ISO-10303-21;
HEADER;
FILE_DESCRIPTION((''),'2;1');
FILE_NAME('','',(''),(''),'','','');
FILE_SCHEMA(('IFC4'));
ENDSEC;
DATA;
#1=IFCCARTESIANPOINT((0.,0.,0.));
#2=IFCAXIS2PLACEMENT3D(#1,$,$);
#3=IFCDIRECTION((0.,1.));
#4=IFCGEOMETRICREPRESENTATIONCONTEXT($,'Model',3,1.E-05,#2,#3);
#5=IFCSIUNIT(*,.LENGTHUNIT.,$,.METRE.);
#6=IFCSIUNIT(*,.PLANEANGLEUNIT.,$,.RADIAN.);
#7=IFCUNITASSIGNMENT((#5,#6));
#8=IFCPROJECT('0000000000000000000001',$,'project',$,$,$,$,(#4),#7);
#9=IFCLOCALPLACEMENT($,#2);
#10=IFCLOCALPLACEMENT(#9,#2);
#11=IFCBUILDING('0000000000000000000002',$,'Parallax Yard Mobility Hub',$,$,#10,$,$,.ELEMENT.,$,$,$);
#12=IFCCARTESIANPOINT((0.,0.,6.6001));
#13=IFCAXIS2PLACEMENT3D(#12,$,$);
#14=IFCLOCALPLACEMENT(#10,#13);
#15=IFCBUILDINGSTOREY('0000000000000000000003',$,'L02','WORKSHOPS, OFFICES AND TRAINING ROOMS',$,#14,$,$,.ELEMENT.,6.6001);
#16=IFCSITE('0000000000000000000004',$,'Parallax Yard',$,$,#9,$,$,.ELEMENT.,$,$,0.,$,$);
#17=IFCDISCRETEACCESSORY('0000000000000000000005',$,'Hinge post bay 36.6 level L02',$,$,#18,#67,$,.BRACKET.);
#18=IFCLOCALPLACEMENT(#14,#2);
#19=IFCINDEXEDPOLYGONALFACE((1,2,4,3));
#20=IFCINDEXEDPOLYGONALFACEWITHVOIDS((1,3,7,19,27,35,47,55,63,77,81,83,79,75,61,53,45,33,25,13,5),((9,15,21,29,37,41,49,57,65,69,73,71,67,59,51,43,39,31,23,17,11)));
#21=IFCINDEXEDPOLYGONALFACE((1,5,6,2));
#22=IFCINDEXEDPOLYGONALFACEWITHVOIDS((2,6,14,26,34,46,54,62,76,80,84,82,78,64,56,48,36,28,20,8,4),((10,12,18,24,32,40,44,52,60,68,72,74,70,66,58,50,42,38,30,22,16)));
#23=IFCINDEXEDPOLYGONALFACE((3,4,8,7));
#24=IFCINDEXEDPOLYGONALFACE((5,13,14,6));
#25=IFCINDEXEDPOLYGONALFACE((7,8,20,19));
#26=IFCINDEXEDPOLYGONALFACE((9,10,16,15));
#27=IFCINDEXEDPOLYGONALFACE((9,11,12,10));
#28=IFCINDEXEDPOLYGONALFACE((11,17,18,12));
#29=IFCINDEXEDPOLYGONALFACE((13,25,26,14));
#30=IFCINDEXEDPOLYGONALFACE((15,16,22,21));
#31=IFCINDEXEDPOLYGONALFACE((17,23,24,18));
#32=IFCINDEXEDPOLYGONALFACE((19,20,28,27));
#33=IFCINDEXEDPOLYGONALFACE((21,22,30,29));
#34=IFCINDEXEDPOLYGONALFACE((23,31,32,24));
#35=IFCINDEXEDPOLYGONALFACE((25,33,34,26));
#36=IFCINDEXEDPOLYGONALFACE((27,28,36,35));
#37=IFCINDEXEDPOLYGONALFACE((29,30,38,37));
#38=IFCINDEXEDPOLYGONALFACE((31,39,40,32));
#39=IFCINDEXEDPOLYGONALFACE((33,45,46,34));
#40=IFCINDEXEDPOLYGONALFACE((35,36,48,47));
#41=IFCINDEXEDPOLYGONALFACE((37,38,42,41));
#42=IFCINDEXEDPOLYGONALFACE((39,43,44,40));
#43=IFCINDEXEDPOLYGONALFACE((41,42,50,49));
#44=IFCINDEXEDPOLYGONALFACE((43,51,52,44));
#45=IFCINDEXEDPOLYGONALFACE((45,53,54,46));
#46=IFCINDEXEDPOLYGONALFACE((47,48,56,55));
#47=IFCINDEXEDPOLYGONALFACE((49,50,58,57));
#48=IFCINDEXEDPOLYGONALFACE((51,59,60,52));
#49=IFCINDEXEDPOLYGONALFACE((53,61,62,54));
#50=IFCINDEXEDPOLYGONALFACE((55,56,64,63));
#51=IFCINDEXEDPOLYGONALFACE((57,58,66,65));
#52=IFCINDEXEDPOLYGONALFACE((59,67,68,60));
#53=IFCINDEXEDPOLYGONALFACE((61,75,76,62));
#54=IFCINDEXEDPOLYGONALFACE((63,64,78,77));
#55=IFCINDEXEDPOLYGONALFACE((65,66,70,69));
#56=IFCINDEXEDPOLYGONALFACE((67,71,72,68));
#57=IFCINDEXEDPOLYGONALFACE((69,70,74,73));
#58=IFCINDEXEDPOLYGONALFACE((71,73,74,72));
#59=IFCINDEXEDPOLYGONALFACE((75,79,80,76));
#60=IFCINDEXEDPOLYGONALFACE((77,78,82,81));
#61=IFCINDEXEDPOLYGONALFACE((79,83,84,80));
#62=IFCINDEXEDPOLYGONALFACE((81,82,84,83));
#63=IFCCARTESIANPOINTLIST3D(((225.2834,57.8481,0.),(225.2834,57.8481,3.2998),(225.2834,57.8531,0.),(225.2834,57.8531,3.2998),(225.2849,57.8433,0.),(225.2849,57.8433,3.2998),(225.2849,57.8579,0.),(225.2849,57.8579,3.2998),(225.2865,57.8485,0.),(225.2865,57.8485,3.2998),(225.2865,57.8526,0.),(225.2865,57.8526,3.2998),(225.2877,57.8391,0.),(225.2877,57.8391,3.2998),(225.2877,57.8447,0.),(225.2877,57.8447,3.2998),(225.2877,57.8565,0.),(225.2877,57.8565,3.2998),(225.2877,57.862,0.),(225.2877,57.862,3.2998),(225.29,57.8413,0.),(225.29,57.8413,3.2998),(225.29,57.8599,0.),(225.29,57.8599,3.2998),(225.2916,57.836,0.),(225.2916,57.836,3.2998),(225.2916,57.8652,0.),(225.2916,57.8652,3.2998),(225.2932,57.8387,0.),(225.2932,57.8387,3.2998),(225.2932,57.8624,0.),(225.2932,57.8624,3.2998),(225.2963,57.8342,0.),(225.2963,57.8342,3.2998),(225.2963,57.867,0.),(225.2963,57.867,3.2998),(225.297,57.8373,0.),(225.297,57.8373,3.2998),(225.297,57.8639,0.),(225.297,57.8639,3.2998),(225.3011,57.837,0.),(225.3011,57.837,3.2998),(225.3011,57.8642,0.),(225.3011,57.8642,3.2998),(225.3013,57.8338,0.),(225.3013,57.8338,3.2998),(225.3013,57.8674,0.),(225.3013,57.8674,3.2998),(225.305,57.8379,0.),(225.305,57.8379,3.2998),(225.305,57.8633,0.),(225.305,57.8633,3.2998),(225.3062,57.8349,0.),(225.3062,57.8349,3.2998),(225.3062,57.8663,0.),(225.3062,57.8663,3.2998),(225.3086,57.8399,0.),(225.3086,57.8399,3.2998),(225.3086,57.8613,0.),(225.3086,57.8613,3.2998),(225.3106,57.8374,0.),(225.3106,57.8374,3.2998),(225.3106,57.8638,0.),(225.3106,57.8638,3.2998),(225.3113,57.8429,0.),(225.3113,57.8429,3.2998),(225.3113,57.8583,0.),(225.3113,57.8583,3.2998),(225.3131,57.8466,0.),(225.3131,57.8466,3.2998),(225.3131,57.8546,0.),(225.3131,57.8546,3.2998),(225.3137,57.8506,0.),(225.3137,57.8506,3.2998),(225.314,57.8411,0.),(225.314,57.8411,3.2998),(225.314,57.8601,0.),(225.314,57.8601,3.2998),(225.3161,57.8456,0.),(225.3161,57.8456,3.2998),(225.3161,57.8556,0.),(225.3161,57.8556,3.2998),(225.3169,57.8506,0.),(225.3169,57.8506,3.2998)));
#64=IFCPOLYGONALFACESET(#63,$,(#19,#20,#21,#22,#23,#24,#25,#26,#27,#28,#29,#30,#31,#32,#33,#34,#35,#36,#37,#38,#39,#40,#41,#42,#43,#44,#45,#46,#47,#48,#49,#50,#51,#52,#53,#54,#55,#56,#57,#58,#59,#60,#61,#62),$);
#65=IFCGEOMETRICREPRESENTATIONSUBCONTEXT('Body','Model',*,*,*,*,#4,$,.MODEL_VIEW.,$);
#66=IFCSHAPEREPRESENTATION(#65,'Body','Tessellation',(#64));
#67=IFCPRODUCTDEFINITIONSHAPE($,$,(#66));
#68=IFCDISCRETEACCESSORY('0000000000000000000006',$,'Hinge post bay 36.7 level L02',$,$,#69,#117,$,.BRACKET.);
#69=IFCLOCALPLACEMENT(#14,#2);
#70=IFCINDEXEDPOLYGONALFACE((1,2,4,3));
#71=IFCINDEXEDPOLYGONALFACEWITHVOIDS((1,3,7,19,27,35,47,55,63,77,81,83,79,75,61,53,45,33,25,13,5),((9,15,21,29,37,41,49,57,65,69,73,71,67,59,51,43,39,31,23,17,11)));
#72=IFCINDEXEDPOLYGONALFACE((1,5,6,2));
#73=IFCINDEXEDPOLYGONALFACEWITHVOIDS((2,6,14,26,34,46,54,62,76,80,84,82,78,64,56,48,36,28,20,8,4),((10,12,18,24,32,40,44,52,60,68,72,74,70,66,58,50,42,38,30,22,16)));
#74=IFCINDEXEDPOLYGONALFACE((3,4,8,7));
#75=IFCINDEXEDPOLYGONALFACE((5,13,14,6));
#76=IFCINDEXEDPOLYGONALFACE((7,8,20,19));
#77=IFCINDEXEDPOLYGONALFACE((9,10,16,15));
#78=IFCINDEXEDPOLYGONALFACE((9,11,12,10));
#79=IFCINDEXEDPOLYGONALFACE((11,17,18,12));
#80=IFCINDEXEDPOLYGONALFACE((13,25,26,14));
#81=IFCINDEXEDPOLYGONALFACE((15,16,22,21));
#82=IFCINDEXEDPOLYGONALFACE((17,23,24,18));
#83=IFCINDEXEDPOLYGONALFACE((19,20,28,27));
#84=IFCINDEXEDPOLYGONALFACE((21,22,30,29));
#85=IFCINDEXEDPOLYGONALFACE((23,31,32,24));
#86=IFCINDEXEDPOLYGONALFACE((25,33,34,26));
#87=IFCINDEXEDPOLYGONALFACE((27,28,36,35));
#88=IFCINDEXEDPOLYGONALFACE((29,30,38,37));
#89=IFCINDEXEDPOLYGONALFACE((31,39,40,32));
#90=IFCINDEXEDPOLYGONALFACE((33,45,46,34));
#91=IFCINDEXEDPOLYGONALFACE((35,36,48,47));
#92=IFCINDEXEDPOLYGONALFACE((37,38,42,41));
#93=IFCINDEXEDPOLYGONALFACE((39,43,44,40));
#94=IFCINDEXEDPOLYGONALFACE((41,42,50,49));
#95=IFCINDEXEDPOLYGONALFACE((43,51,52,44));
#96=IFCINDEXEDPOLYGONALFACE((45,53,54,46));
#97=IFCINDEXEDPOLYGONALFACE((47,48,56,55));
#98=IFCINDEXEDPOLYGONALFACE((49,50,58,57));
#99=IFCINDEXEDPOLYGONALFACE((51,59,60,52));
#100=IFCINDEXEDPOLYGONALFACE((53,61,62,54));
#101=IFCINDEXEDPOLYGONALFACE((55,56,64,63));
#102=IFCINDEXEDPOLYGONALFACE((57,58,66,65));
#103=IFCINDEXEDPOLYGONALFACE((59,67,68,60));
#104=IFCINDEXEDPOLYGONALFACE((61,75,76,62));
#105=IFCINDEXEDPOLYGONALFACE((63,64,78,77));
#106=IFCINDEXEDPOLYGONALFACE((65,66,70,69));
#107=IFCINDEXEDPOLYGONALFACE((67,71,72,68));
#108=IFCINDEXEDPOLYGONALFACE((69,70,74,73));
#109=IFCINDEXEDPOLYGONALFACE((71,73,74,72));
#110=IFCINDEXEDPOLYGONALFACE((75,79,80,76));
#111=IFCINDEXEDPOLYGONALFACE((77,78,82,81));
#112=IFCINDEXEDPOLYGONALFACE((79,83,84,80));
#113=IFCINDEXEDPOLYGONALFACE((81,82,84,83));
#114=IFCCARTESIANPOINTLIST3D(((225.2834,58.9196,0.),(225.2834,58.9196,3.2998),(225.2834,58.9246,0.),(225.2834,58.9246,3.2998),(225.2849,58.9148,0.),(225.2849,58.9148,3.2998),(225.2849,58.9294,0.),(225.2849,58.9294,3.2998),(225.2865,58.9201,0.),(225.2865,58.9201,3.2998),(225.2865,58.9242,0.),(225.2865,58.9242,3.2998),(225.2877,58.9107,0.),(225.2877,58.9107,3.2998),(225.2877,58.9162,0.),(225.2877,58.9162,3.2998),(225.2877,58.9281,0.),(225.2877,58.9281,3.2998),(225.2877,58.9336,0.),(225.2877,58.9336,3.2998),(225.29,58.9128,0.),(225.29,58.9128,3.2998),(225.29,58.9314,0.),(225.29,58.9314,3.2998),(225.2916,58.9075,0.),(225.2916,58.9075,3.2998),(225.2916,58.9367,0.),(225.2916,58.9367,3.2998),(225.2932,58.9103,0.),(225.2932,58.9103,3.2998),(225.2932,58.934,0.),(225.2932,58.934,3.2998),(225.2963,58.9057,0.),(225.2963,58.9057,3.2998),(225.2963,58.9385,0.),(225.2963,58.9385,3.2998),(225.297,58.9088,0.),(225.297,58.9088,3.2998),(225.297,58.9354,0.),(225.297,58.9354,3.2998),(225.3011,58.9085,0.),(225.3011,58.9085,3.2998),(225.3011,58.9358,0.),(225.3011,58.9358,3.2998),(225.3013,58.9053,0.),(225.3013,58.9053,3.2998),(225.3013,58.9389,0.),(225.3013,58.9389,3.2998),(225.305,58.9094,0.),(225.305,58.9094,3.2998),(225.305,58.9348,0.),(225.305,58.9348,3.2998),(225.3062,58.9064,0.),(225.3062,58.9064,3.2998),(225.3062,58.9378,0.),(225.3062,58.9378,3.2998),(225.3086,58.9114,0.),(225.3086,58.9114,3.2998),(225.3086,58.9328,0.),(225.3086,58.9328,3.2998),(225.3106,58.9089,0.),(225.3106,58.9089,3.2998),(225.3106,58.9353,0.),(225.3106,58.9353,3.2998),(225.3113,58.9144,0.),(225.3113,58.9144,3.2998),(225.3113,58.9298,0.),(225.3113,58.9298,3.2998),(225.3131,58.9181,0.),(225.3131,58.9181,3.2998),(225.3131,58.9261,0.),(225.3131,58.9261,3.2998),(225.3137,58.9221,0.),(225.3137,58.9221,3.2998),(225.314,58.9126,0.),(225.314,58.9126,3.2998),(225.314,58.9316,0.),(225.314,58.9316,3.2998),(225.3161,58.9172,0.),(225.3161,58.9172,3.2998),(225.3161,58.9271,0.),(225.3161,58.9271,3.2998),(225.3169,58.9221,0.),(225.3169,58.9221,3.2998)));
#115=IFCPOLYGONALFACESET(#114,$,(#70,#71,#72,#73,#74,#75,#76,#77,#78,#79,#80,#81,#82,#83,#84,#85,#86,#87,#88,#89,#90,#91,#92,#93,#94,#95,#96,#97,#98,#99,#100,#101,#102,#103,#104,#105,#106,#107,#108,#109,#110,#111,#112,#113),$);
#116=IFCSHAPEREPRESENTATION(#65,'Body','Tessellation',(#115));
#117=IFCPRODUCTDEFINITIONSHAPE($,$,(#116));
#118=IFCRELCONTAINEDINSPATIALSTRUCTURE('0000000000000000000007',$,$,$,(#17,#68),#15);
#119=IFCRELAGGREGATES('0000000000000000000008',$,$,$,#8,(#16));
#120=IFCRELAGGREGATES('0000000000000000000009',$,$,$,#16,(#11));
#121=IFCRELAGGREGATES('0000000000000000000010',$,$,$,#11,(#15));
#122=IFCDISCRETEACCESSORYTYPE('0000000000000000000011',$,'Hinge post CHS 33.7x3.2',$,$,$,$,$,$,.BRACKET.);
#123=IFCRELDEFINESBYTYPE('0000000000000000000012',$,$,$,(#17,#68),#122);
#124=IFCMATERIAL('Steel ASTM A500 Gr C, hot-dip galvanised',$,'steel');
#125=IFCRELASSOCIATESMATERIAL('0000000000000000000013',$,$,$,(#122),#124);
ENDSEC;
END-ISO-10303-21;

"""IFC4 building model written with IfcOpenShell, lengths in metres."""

from ifc_helpers import new_model, si_unit, direction, frame, origin, origin_2d, place, context, subcontext, project, spatial, hollow_circle, extrude, material, material_profile, profile_set, type_object, element, save


model = new_model("IFC4")

# Units and contexts
model_context = context("Model", 3, precision=1e-05, world=origin(), true_north=direction((0.0, 1.0)))
body_context = subcontext(model_context, "Body", "Model", "MODEL_VIEW")
ifc_project = project(units=[si_unit("LENGTHUNIT", "METRE"), si_unit("PLANEANGLEUNIT", "RADIAN")], contexts=[model_context])

# Site, building, storey
site_placement = place(None, origin())
site = spatial("IfcSite", under=ifc_project, at=site_placement, Name="Parallax Yard", CompositionType="ELEMENT", RefElevation=0.0)
building_placement = place(site_placement, origin())
building = spatial("IfcBuilding", under=site, at=building_placement, Name="Parallax Yard Mobility Hub", CompositionType="ELEMENT")
storey_placement = place(building_placement, frame((0.0, 0.0, 6.6001)))
storey = spatial("IfcBuildingStorey", under=building, at=storey_placement, Name="L02", Description="WORKSHOPS, OFFICES AND TRAINING ROOMS", CompositionType="ELEMENT", Elevation=6.6001)

# Discrete accessories
ifc_material_1 = material(Name="Steel ASTM A500 Gr C, hot-dip galvanised", Category="steel")
ifc_material_profile = material_profile(ifc_material_1, hollow_circle(Radius=0.0168, WallThickness=0.0032, at=origin_2d()), Name="CHS 33.7x3.2")
ifc_profile_set = profile_set([ifc_material_profile], Name="Steel ASTM A500 Gr C, hot-dip galvanised")
discrete_accessory_type = type_object("IfcDiscreteAccessoryType", Name="Hinge post CHS 33.7x3.2", PredefinedType="BRACKET", material=ifc_profile_set)
for number, where, z_axis, x_axis, name in (
    (1, (225.3, 57.8506, 0.0), (0.0, 0.0, 1.0), (1.0, 0.0, 0.0), "Hinge post bay 36.6 level L02"),
    (2, (225.3, 58.9221, 0.0), (0.0, 0.0, 1.0), (1.0, 0.0, 0.0), "Hinge post bay 36.7 level L02"),
):
    element("IfcDiscreteAccessory", number, at=place(storey_placement, frame(where, z_axis=z_axis, x_axis=x_axis)), inside=storey, type_object=discrete_accessory_type, Name=name, PredefinedType="BRACKET", context=body_context, shape_type="SweptSolid", body=[
        extrude(hollow_circle(Radius=0.0168, WallThickness=0.0032, at=origin_2d()), origin(), (0.0, 0.0, 1.0), 3.2998),
    ])

save(model, "model.ifc")
